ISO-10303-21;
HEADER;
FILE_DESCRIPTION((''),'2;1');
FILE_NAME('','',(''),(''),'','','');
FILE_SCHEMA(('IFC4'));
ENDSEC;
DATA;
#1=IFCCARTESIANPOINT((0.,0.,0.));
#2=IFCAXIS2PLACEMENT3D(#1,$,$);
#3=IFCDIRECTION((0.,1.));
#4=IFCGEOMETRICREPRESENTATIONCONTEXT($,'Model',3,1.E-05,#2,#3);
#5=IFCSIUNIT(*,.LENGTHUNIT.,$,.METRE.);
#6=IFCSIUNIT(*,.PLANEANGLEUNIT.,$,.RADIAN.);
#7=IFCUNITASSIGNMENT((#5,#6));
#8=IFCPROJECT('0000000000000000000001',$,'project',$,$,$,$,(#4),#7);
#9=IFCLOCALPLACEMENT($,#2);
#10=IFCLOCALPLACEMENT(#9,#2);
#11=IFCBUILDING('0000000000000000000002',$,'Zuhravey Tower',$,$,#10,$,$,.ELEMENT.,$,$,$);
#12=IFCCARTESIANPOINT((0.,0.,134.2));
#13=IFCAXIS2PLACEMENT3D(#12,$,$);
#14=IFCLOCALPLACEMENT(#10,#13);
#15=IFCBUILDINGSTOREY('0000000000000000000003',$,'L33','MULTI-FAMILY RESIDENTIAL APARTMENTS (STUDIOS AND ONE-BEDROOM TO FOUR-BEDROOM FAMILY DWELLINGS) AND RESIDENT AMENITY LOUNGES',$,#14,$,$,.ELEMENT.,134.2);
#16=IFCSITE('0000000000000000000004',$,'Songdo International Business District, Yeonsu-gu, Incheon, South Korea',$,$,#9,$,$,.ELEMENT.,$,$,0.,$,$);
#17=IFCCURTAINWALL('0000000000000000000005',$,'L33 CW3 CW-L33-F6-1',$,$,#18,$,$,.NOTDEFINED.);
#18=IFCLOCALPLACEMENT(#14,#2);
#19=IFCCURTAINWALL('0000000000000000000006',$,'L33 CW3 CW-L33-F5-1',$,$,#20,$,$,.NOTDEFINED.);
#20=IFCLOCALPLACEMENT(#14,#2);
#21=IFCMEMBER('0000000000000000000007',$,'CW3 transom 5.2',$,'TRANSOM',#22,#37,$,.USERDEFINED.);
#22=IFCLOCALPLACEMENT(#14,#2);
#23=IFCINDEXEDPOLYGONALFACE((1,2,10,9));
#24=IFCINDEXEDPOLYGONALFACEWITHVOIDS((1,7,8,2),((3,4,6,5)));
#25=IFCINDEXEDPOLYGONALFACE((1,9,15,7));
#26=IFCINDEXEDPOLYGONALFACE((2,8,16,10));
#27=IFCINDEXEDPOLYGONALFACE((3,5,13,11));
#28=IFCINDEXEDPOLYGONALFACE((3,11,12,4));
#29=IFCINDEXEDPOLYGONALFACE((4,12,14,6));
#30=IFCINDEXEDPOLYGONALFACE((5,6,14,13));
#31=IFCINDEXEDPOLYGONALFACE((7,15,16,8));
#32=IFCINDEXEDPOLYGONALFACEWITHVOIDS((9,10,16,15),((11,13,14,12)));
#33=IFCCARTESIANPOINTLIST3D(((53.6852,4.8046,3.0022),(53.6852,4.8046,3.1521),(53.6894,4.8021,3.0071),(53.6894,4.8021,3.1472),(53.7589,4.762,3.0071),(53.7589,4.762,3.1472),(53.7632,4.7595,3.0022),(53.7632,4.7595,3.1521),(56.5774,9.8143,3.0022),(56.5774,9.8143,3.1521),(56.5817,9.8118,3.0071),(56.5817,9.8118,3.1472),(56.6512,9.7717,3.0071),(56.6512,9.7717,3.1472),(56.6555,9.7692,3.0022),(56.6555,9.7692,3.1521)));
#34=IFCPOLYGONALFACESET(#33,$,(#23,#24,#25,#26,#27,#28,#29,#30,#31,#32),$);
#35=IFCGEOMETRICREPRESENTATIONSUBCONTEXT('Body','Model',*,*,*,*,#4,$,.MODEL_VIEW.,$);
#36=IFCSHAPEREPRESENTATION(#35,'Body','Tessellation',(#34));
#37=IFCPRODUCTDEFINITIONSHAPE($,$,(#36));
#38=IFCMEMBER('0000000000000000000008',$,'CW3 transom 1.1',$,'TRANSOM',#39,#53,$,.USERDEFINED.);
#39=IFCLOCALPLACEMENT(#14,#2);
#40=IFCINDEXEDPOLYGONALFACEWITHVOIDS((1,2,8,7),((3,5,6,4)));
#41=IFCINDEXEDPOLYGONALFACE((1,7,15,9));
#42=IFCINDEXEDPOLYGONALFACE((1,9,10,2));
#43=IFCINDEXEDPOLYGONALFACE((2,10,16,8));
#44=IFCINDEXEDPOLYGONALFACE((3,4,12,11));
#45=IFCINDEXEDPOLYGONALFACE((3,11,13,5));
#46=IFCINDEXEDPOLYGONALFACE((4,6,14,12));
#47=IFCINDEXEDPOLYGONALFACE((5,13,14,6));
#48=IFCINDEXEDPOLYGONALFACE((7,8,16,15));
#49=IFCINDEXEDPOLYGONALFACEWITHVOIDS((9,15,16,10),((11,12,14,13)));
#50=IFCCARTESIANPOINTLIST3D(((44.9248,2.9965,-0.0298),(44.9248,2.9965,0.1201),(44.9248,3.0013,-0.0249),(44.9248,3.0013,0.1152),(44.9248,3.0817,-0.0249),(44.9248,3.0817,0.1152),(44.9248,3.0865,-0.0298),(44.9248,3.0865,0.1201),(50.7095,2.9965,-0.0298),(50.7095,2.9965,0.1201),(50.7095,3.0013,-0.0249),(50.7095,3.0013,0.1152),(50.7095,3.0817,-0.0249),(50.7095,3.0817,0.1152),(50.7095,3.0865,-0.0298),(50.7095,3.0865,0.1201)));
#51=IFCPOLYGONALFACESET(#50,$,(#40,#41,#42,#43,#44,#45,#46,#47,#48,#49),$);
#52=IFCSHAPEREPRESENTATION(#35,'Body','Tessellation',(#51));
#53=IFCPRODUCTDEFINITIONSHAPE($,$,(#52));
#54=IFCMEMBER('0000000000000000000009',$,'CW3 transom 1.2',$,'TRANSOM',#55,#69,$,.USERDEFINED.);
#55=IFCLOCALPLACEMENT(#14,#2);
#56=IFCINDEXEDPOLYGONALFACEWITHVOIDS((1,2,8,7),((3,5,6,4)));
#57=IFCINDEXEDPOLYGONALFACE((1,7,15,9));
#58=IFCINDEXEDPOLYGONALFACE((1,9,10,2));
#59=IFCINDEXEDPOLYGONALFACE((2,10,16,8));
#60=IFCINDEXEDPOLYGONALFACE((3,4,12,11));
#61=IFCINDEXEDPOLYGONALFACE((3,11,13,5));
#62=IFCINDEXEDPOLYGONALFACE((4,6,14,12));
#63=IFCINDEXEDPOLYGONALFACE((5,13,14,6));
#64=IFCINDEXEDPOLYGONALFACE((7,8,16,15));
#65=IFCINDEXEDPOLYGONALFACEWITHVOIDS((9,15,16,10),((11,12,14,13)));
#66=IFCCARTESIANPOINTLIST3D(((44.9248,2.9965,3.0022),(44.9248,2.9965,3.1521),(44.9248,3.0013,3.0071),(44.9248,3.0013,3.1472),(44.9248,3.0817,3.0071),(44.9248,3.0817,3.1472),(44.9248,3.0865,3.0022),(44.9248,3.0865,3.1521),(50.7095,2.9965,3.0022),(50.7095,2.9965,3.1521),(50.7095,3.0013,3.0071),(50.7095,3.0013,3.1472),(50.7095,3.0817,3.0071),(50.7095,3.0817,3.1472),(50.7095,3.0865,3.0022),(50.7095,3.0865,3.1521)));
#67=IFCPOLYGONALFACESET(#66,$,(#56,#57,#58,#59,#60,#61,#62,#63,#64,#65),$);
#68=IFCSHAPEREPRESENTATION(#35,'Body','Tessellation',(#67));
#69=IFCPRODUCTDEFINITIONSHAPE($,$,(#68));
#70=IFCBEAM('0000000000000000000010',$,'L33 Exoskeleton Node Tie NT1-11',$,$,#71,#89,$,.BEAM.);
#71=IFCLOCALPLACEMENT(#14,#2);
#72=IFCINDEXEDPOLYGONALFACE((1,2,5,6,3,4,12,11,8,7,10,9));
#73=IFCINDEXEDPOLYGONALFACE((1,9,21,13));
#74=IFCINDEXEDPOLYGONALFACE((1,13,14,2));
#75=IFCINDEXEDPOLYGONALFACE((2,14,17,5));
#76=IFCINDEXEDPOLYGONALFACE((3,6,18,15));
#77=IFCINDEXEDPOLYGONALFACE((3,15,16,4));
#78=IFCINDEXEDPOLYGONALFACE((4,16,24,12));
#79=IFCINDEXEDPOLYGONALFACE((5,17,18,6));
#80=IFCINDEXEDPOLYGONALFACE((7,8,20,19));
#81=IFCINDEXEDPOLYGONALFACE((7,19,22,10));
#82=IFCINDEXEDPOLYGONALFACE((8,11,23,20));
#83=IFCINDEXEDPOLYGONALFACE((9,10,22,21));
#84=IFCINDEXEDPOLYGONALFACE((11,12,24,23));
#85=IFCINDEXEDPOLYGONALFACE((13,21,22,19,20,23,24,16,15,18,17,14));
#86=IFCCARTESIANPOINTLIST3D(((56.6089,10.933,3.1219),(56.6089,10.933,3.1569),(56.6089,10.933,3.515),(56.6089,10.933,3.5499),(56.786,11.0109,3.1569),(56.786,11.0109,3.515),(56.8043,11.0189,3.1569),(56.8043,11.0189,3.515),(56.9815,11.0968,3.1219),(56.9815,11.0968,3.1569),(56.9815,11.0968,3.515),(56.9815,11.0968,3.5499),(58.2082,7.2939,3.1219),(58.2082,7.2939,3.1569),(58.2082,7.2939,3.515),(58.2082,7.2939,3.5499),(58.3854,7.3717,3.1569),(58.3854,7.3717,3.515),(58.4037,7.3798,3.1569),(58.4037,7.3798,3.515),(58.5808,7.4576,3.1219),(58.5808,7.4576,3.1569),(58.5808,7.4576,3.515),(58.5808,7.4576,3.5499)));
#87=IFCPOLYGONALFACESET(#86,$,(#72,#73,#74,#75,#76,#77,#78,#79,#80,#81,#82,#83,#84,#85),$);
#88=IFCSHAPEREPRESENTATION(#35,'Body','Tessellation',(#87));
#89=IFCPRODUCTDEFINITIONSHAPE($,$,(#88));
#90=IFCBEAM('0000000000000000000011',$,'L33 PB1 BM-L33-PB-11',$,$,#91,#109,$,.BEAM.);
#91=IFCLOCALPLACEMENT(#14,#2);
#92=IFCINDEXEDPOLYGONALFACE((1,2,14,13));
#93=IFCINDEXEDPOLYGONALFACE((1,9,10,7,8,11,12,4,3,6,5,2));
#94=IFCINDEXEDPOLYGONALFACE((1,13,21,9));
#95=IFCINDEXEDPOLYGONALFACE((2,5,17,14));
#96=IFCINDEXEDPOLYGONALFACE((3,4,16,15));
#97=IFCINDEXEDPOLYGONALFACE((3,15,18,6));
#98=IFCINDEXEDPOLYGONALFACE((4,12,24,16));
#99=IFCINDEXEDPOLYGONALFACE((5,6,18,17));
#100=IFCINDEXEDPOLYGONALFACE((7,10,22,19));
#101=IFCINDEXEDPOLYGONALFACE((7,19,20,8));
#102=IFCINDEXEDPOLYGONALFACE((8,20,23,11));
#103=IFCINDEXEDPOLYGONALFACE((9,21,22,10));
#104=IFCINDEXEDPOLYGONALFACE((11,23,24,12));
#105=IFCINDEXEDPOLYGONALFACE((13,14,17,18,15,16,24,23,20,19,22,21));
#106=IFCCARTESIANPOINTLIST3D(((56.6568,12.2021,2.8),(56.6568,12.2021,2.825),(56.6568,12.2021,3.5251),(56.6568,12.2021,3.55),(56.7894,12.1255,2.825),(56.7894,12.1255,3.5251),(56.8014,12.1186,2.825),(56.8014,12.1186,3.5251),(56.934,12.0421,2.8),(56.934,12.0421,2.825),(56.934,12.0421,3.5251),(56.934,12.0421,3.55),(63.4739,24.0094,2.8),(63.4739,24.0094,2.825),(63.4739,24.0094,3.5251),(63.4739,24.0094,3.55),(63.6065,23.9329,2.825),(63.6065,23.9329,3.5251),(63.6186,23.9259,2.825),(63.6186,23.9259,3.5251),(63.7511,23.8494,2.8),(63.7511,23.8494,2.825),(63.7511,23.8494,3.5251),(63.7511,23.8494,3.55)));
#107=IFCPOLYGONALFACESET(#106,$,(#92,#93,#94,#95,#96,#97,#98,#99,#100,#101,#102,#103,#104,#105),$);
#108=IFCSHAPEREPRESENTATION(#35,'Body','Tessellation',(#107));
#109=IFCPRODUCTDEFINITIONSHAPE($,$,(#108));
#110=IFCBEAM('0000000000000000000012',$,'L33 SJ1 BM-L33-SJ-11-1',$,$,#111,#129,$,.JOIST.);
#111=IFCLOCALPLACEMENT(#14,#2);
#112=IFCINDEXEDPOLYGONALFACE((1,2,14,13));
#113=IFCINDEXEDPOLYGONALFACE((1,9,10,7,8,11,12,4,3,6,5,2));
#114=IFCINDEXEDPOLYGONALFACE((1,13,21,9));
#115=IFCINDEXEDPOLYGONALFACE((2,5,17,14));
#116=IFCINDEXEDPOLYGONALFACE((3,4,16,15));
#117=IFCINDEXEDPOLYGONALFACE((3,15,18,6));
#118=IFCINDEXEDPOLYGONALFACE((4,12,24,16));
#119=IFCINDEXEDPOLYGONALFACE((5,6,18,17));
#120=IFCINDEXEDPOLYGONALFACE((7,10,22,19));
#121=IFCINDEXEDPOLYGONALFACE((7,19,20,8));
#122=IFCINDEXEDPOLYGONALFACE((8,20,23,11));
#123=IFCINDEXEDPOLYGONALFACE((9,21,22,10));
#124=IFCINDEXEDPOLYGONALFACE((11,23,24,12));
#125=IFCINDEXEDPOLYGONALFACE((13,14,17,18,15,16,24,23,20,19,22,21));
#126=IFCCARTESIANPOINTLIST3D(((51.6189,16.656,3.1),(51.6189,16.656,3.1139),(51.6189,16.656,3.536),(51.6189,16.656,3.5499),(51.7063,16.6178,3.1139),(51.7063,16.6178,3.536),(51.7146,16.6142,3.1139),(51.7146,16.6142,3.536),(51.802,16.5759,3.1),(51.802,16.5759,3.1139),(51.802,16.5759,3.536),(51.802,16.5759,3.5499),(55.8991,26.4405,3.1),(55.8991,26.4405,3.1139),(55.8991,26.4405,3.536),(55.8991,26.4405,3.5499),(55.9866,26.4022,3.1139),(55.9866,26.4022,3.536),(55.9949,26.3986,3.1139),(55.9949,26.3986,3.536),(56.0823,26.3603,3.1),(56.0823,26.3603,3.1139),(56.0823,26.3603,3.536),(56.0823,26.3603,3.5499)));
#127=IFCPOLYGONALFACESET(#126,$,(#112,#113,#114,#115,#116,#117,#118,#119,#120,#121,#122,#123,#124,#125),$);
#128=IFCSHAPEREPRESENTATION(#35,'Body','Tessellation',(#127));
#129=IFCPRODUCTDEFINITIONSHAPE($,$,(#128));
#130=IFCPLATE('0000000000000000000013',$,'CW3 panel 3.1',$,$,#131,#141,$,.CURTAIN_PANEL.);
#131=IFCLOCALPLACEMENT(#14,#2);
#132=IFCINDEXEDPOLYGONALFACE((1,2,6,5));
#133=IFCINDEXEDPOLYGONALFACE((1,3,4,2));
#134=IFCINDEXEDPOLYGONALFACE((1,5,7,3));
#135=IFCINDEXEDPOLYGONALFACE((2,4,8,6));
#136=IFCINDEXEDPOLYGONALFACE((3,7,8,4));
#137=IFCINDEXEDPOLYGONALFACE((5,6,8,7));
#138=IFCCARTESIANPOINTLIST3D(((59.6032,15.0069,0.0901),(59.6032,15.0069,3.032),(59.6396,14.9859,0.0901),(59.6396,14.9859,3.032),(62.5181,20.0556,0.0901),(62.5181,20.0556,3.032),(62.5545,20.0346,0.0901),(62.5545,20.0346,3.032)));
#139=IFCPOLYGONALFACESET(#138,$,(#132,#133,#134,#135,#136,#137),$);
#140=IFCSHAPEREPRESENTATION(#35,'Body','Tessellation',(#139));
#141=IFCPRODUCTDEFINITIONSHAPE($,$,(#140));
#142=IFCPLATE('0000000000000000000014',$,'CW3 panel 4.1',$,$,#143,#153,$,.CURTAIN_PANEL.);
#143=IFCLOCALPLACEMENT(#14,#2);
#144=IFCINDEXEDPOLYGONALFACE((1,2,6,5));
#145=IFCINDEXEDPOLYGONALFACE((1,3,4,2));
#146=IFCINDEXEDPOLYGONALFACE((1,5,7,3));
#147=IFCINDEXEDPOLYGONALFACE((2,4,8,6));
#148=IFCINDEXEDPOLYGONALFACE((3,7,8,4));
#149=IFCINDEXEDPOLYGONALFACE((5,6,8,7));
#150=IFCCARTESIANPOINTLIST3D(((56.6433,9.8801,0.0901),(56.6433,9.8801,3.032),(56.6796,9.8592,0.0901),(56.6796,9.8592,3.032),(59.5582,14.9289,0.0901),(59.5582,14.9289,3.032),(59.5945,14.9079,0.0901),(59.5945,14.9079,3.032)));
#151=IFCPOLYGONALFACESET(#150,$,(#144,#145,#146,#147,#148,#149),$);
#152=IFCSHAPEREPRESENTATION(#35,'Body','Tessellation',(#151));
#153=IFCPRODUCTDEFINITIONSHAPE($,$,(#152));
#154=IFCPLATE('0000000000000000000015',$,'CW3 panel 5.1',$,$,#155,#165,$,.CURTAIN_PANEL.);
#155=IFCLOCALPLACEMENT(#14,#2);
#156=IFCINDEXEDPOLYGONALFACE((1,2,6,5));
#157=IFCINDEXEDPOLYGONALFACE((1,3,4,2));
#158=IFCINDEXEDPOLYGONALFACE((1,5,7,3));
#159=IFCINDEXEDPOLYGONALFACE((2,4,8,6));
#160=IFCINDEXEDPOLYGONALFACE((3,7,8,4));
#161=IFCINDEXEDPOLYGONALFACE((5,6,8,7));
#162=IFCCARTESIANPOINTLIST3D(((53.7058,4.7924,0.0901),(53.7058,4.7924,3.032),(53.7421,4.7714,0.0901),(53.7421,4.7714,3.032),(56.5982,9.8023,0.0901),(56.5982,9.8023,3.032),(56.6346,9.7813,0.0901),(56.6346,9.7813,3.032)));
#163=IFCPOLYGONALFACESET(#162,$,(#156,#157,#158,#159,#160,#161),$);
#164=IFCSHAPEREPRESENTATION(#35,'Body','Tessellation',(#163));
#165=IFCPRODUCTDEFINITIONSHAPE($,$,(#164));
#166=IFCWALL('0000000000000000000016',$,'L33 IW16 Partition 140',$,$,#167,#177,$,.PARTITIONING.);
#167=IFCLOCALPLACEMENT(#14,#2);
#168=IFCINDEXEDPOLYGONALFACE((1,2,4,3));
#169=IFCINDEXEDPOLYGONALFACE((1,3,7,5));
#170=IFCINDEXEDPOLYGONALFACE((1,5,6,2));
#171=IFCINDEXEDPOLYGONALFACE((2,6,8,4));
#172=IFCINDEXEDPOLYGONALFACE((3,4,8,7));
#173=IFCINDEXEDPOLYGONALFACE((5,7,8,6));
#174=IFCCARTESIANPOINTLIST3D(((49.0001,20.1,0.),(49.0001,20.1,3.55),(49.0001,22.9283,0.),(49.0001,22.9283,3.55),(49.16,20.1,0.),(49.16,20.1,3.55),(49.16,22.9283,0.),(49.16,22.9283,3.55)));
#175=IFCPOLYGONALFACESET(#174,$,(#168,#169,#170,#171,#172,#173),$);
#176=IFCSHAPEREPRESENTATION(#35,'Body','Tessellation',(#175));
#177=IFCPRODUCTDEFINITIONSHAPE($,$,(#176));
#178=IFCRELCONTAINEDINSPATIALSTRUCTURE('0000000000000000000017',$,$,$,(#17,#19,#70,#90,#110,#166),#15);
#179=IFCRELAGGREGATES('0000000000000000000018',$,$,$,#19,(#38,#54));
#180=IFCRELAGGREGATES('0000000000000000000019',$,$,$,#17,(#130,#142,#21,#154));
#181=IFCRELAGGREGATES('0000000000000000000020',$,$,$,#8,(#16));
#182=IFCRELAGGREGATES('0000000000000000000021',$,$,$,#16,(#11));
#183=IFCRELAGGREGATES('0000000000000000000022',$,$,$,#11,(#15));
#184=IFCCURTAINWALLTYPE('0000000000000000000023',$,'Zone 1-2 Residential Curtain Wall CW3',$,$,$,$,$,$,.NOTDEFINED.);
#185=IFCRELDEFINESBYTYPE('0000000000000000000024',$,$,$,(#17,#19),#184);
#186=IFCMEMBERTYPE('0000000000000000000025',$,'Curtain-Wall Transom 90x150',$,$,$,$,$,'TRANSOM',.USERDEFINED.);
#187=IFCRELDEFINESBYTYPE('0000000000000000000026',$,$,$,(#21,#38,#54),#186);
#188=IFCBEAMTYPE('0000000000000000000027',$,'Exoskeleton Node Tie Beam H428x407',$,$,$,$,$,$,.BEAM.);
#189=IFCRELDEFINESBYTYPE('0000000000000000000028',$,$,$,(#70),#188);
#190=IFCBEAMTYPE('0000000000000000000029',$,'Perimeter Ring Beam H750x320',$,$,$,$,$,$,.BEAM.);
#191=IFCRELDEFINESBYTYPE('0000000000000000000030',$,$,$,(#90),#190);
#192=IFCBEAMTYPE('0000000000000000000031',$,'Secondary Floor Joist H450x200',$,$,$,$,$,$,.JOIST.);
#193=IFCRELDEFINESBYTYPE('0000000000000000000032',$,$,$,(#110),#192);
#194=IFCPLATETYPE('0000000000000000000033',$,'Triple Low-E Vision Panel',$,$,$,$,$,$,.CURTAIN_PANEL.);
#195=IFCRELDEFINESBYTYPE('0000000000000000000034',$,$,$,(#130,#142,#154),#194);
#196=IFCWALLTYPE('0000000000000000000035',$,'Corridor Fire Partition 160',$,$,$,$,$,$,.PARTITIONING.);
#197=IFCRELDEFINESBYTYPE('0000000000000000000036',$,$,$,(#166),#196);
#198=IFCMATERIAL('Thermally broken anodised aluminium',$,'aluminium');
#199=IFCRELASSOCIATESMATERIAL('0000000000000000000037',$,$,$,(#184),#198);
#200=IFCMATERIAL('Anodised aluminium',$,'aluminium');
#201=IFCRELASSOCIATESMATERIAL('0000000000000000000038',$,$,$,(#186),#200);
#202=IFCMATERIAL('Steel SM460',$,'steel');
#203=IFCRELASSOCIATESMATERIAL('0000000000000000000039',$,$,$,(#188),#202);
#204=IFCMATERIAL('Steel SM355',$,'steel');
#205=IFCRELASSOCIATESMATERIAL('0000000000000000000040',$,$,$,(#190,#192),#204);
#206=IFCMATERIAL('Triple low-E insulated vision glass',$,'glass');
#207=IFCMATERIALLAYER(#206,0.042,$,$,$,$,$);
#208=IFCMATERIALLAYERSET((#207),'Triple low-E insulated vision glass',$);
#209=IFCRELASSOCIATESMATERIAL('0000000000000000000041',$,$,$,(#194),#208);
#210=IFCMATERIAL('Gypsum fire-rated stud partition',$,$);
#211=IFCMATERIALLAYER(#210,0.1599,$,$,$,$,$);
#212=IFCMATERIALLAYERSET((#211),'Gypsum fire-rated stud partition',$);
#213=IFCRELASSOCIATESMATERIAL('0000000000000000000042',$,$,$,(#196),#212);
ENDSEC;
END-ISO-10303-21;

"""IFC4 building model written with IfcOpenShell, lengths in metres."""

from ifc_helpers import new_model, si_unit, direction, frame, frame_2d, origin, origin_2d, place, context, subcontext, project, spatial, rectangle, hollow_rectangle, i_section, extrude, material, layer, layer_set, material_profile, profile_set, type_object, element, aggregate, save


model = new_model("IFC4")

# Units and contexts
model_context = context("Model", 3, precision=1e-05, world=origin(), true_north=direction((0.0, 1.0)))
body_context = subcontext(model_context, "Body", "Model", "MODEL_VIEW")
ifc_project = project(units=[si_unit("LENGTHUNIT", "METRE"), si_unit("PLANEANGLEUNIT", "RADIAN")], contexts=[model_context])

# Site, building, storey
site_placement = place(None, origin())
site = spatial("IfcSite", under=ifc_project, at=site_placement, Name="Songdo International Business District, Yeonsu-gu, Incheon, South Korea", CompositionType="ELEMENT", RefElevation=0.0)
building_placement = place(site_placement, origin())
building = spatial("IfcBuilding", under=site, at=building_placement, Name="Zuhravey Tower", CompositionType="ELEMENT")
storey_placement = place(building_placement, frame((0.0, 0.0, 134.2)))
storey = spatial("IfcBuildingStorey", under=building, at=storey_placement, Name="L33", Description="MULTI-FAMILY RESIDENTIAL APARTMENTS (STUDIOS AND ONE-BEDROOM TO FOUR-BEDROOM FAMILY DWELLINGS) AND RESIDENT AMENITY LOUNGES", CompositionType="ELEMENT", Elevation=134.2)

# Curtain wall
ifc_material_1 = material(Name="Thermally broken anodised aluminium", Category="aluminium")
curtain_wall_type = type_object("IfcCurtainWallType", Name="Zone 1-2 Residential Curtain Wall CW3", PredefinedType="NOTDEFINED", material=ifc_material_1)
curtain_wall_1_placement = place(storey_placement, origin())
curtain_wall_1 = element("IfcCurtainWall", 1, at=curtain_wall_1_placement, inside=storey, type_object=curtain_wall_type, Name="L33 CW3 CW-L33-F6-1", PredefinedType="NOTDEFINED")
ifc_material_2 = material(Name="Anodised aluminium", Category="aluminium")

# Curtain wall
curtain_wall_2_placement = place(storey_placement, origin())
curtain_wall_2 = element("IfcCurtainWall", 2, at=curtain_wall_2_placement, inside=storey, type_object=curtain_wall_type, Name="L33 CW3 CW-L33-F5-1", PredefinedType="NOTDEFINED")

# Members
ifc_material_profile_1 = material_profile(ifc_material_2, hollow_rectangle(XDim=0.0901, YDim=0.1499, WallThickness=0.0049, at=origin_2d()), Name="ALU-RHS-90x150x5")
ifc_profile_set_1 = profile_set([ifc_material_profile_1], Name="Anodised aluminium")
member_type_1 = type_object("IfcMemberType", Name="Curtain-Wall Transom 90x150", ElementType="TRANSOM", PredefinedType="USERDEFINED", material=ifc_profile_set_1)
member_1_placement = place(storey_placement, frame((56.6165, 9.7917, 3.0771), z_axis=(-0.499993, -0.86603, 0.0), x_axis=(0.86603, -0.499993, 0.0)))
member_1 = element("IfcMember", 3, at=member_1_placement, type_object=member_type_1, Name="CW3 transom 5.2", ObjectType="TRANSOM", PredefinedType="USERDEFINED", context=body_context, shape_type="SweptSolid", body=[
    extrude(hollow_rectangle(XDim=0.0901, YDim=0.1499, WallThickness=0.0049, at=origin_2d()), origin(), (0.0, 0.0, 1.0), 5.7847),
])
member_2_placement = place(storey_placement, frame((50.7095, 3.0415, 0.0452), z_axis=(-1.0, 0.0, 0.0), x_axis=(0.0, -1.0, 0.0)))
member_2 = element("IfcMember", 4, at=member_2_placement, type_object=member_type_1, Name="CW3 transom 1.1", ObjectType="TRANSOM", PredefinedType="USERDEFINED", context=body_context, shape_type="SweptSolid", body=[
    extrude(hollow_rectangle(XDim=0.0901, YDim=0.1499, WallThickness=0.0049, at=origin_2d()), origin(), (0.0, 0.0, 1.0), 5.7847),
])
member_3_placement = place(storey_placement, frame((50.7095, 3.0415, 3.0771), z_axis=(-1.0, 0.0, 0.0), x_axis=(0.0, -1.0, 0.0)))
member_3 = element("IfcMember", 5, at=member_3_placement, type_object=member_type_1, Name="CW3 transom 1.2", ObjectType="TRANSOM", PredefinedType="USERDEFINED", context=body_context, shape_type="SweptSolid", body=[
    extrude(hollow_rectangle(XDim=0.0901, YDim=0.1499, WallThickness=0.0049, at=origin_2d()), origin(), (0.0, 0.0, 1.0), 5.7847),
])
aggregate(curtain_wall_2, [member_2, member_3])

# Beams
ifc_material_3 = material(Name="Steel SM460", Category="steel")
ifc_material_profile_2 = material_profile(ifc_material_3, i_section(OverallWidth=0.407, OverallDepth=0.428, WebThickness=0.02, FlangeThickness=0.0349, at=origin_2d()), Name="H-428x407x20x35")
ifc_profile_set_2 = profile_set([ifc_material_profile_2], Name="Steel SM460")
beam_type_1 = type_object("IfcBeamType", Name="Exoskeleton Node Tie Beam H428x407", PredefinedType="BEAM", material=ifc_profile_set_2)
beam_1_placement = place(storey_placement, frame((56.7952, 11.0149, 3.3359), z_axis=(0.402345, -0.915488, 0.0), x_axis=(0.915488, 0.402345, 0.0)))
element("IfcBeam", 6, at=beam_1_placement, inside=storey, type_object=beam_type_1, Name="L33 Exoskeleton Node Tie NT1-11", PredefinedType="BEAM", context=body_context, shape_type="SweptSolid", body=[
    extrude(i_section(OverallWidth=0.407, OverallDepth=0.428, WebThickness=0.02, FlangeThickness=0.0349, at=origin_2d()), origin(), (0.0, 0.0, 1.0), 3.9751),
])
ifc_material_4 = material(Name="Steel SM355", Category="steel")
ifc_material_profile_3 = material_profile(ifc_material_4, i_section(OverallWidth=0.3201, OverallDepth=0.75, WebThickness=0.0139, FlangeThickness=0.0249, at=origin_2d()), Name="H-750x320x14x25")
ifc_profile_set_3 = profile_set([ifc_material_profile_3], Name="Steel SM355")
beam_type_2 = type_object("IfcBeamType", Name="Perimeter Ring Beam H750x320", PredefinedType="BEAM", material=ifc_profile_set_3)
beam_2_placement = place(storey_placement, frame((56.7954, 12.1221, 3.175), z_axis=(0.500008, 0.866021, 0.0), x_axis=(-0.866021, 0.500008, 0.0)))
element("IfcBeam", 7, at=beam_2_placement, inside=storey, type_object=beam_type_2, Name="L33 PB1 BM-L33-PB-11", PredefinedType="BEAM", context=body_context, shape_type="SweptSolid", body=[
    extrude(i_section(OverallWidth=0.3201, OverallDepth=0.75, WebThickness=0.0139, FlangeThickness=0.0249, at=origin_2d()), origin(), (0.0, 0.0, 1.0), 13.634),
])
ifc_material_profile_4 = material_profile(ifc_material_4, i_section(OverallWidth=0.2, OverallDepth=0.45, WebThickness=0.009, FlangeThickness=0.0139, at=origin_2d()), Name="H-450x200x9x14")
ifc_profile_set_4 = profile_set([ifc_material_profile_4], Name="Steel SM355")
beam_type_3 = type_object("IfcBeamType", Name="Secondary Floor Joist H450x200", PredefinedType="JOIST", material=ifc_profile_set_4)
beam_3_placement = place(storey_placement, frame((51.7104, 16.616, 3.325), z_axis=(0.400786, 0.916172, 0.0), x_axis=(-0.916172, 0.400786, 0.0)))
element("IfcBeam", 8, at=beam_3_placement, inside=storey, type_object=beam_type_3, Name="L33 SJ1 BM-L33-SJ-11-1", PredefinedType="JOIST", context=body_context, shape_type="SweptSolid", body=[
    extrude(i_section(OverallWidth=0.2, OverallDepth=0.45, WebThickness=0.009, FlangeThickness=0.0139, at=origin_2d()), origin(), (0.0, 0.0, 1.0), 10.6797),
])

# Plates
ifc_material_5 = material(Name="Triple low-E insulated vision glass", Category="glass")
ifc_layer_1 = layer(ifc_material_5, 0.042)
ifc_layer_set_1 = layer_set([ifc_layer_1], Name="Triple low-E insulated vision glass")
plate_type = type_object("IfcPlateType", Name="Triple Low-E Vision Panel", PredefinedType="CURTAIN_PANEL", material=ifc_layer_set_1)
plate_1_placement = place(storey_placement, frame((61.0789, 17.5208, 0.0901), z_axis=(0.0, 0.0, 1.0), x_axis=(-0.5, -0.866026, 0.0)))
plate_1 = element("IfcPlate", 9, at=plate_1_placement, type_object=plate_type, Name="CW3 panel 3.1", PredefinedType="CURTAIN_PANEL", context=body_context, shape_type="SweptSolid", body=[
    extrude(rectangle(XDim=5.8298, YDim=0.042, at=origin_2d()), origin(), (0.0, 0.0, 1.0), 2.9419),
])
plate_2_placement = place(storey_placement, frame((58.1189, 12.394, 0.0901), z_axis=(0.0, 0.0, 1.0), x_axis=(-0.5, -0.866026, 0.0)))
plate_2 = element("IfcPlate", 10, at=plate_2_placement, type_object=plate_type, Name="CW3 panel 4.1", PredefinedType="CURTAIN_PANEL", context=body_context, shape_type="SweptSolid", body=[
    extrude(rectangle(XDim=5.8298, YDim=0.042, at=origin_2d()), origin(), (0.0, 0.0, 1.0), 2.9419),
])
plate_3_placement = place(storey_placement, frame((55.1702, 7.2869, 0.0901), z_axis=(0.0, 0.0, 1.0), x_axis=(-0.5, -0.866026, 0.0)))
plate_3 = element("IfcPlate", 11, at=plate_3_placement, type_object=plate_type, Name="CW3 panel 5.1", PredefinedType="CURTAIN_PANEL", context=body_context, shape_type="SweptSolid", body=[
    extrude(rectangle(XDim=5.7849, YDim=0.042, at=origin_2d()), origin(), (0.0, 0.0, 1.0), 2.9419),
])
aggregate(curtain_wall_1, [plate_1, plate_2, member_1, plate_3])

# Wall
ifc_material_6 = material(Name="Gypsum fire-rated stud partition")
ifc_layer_2 = layer(ifc_material_6, 0.1599)
ifc_layer_set_2 = layer_set([ifc_layer_2], Name="Gypsum fire-rated stud partition")
wall_type_1 = type_object("IfcWallType", Name="Corridor Fire Partition 160", PredefinedType="PARTITIONING", material=ifc_layer_set_2)
wall_1_placement = place(storey_placement, frame((49.0801, 20.1001, 0.0), z_axis=(0.0, 0.0, 1.0), x_axis=(0.0, 1.0, 0.0)))
element("IfcWall", 12, at=wall_1_placement, inside=storey, type_object=wall_type_1, Name="L33 IW16 Partition 140", PredefinedType="PARTITIONING", context=body_context, shape_type="SweptSolid", body=[
    extrude(rectangle(XDim=2.8284, YDim=0.1599, at=frame_2d((1.4141, 0.0))), origin(), (0.0, 0.0, 1.0), 3.55),
])

save(model, "model.ifc")
